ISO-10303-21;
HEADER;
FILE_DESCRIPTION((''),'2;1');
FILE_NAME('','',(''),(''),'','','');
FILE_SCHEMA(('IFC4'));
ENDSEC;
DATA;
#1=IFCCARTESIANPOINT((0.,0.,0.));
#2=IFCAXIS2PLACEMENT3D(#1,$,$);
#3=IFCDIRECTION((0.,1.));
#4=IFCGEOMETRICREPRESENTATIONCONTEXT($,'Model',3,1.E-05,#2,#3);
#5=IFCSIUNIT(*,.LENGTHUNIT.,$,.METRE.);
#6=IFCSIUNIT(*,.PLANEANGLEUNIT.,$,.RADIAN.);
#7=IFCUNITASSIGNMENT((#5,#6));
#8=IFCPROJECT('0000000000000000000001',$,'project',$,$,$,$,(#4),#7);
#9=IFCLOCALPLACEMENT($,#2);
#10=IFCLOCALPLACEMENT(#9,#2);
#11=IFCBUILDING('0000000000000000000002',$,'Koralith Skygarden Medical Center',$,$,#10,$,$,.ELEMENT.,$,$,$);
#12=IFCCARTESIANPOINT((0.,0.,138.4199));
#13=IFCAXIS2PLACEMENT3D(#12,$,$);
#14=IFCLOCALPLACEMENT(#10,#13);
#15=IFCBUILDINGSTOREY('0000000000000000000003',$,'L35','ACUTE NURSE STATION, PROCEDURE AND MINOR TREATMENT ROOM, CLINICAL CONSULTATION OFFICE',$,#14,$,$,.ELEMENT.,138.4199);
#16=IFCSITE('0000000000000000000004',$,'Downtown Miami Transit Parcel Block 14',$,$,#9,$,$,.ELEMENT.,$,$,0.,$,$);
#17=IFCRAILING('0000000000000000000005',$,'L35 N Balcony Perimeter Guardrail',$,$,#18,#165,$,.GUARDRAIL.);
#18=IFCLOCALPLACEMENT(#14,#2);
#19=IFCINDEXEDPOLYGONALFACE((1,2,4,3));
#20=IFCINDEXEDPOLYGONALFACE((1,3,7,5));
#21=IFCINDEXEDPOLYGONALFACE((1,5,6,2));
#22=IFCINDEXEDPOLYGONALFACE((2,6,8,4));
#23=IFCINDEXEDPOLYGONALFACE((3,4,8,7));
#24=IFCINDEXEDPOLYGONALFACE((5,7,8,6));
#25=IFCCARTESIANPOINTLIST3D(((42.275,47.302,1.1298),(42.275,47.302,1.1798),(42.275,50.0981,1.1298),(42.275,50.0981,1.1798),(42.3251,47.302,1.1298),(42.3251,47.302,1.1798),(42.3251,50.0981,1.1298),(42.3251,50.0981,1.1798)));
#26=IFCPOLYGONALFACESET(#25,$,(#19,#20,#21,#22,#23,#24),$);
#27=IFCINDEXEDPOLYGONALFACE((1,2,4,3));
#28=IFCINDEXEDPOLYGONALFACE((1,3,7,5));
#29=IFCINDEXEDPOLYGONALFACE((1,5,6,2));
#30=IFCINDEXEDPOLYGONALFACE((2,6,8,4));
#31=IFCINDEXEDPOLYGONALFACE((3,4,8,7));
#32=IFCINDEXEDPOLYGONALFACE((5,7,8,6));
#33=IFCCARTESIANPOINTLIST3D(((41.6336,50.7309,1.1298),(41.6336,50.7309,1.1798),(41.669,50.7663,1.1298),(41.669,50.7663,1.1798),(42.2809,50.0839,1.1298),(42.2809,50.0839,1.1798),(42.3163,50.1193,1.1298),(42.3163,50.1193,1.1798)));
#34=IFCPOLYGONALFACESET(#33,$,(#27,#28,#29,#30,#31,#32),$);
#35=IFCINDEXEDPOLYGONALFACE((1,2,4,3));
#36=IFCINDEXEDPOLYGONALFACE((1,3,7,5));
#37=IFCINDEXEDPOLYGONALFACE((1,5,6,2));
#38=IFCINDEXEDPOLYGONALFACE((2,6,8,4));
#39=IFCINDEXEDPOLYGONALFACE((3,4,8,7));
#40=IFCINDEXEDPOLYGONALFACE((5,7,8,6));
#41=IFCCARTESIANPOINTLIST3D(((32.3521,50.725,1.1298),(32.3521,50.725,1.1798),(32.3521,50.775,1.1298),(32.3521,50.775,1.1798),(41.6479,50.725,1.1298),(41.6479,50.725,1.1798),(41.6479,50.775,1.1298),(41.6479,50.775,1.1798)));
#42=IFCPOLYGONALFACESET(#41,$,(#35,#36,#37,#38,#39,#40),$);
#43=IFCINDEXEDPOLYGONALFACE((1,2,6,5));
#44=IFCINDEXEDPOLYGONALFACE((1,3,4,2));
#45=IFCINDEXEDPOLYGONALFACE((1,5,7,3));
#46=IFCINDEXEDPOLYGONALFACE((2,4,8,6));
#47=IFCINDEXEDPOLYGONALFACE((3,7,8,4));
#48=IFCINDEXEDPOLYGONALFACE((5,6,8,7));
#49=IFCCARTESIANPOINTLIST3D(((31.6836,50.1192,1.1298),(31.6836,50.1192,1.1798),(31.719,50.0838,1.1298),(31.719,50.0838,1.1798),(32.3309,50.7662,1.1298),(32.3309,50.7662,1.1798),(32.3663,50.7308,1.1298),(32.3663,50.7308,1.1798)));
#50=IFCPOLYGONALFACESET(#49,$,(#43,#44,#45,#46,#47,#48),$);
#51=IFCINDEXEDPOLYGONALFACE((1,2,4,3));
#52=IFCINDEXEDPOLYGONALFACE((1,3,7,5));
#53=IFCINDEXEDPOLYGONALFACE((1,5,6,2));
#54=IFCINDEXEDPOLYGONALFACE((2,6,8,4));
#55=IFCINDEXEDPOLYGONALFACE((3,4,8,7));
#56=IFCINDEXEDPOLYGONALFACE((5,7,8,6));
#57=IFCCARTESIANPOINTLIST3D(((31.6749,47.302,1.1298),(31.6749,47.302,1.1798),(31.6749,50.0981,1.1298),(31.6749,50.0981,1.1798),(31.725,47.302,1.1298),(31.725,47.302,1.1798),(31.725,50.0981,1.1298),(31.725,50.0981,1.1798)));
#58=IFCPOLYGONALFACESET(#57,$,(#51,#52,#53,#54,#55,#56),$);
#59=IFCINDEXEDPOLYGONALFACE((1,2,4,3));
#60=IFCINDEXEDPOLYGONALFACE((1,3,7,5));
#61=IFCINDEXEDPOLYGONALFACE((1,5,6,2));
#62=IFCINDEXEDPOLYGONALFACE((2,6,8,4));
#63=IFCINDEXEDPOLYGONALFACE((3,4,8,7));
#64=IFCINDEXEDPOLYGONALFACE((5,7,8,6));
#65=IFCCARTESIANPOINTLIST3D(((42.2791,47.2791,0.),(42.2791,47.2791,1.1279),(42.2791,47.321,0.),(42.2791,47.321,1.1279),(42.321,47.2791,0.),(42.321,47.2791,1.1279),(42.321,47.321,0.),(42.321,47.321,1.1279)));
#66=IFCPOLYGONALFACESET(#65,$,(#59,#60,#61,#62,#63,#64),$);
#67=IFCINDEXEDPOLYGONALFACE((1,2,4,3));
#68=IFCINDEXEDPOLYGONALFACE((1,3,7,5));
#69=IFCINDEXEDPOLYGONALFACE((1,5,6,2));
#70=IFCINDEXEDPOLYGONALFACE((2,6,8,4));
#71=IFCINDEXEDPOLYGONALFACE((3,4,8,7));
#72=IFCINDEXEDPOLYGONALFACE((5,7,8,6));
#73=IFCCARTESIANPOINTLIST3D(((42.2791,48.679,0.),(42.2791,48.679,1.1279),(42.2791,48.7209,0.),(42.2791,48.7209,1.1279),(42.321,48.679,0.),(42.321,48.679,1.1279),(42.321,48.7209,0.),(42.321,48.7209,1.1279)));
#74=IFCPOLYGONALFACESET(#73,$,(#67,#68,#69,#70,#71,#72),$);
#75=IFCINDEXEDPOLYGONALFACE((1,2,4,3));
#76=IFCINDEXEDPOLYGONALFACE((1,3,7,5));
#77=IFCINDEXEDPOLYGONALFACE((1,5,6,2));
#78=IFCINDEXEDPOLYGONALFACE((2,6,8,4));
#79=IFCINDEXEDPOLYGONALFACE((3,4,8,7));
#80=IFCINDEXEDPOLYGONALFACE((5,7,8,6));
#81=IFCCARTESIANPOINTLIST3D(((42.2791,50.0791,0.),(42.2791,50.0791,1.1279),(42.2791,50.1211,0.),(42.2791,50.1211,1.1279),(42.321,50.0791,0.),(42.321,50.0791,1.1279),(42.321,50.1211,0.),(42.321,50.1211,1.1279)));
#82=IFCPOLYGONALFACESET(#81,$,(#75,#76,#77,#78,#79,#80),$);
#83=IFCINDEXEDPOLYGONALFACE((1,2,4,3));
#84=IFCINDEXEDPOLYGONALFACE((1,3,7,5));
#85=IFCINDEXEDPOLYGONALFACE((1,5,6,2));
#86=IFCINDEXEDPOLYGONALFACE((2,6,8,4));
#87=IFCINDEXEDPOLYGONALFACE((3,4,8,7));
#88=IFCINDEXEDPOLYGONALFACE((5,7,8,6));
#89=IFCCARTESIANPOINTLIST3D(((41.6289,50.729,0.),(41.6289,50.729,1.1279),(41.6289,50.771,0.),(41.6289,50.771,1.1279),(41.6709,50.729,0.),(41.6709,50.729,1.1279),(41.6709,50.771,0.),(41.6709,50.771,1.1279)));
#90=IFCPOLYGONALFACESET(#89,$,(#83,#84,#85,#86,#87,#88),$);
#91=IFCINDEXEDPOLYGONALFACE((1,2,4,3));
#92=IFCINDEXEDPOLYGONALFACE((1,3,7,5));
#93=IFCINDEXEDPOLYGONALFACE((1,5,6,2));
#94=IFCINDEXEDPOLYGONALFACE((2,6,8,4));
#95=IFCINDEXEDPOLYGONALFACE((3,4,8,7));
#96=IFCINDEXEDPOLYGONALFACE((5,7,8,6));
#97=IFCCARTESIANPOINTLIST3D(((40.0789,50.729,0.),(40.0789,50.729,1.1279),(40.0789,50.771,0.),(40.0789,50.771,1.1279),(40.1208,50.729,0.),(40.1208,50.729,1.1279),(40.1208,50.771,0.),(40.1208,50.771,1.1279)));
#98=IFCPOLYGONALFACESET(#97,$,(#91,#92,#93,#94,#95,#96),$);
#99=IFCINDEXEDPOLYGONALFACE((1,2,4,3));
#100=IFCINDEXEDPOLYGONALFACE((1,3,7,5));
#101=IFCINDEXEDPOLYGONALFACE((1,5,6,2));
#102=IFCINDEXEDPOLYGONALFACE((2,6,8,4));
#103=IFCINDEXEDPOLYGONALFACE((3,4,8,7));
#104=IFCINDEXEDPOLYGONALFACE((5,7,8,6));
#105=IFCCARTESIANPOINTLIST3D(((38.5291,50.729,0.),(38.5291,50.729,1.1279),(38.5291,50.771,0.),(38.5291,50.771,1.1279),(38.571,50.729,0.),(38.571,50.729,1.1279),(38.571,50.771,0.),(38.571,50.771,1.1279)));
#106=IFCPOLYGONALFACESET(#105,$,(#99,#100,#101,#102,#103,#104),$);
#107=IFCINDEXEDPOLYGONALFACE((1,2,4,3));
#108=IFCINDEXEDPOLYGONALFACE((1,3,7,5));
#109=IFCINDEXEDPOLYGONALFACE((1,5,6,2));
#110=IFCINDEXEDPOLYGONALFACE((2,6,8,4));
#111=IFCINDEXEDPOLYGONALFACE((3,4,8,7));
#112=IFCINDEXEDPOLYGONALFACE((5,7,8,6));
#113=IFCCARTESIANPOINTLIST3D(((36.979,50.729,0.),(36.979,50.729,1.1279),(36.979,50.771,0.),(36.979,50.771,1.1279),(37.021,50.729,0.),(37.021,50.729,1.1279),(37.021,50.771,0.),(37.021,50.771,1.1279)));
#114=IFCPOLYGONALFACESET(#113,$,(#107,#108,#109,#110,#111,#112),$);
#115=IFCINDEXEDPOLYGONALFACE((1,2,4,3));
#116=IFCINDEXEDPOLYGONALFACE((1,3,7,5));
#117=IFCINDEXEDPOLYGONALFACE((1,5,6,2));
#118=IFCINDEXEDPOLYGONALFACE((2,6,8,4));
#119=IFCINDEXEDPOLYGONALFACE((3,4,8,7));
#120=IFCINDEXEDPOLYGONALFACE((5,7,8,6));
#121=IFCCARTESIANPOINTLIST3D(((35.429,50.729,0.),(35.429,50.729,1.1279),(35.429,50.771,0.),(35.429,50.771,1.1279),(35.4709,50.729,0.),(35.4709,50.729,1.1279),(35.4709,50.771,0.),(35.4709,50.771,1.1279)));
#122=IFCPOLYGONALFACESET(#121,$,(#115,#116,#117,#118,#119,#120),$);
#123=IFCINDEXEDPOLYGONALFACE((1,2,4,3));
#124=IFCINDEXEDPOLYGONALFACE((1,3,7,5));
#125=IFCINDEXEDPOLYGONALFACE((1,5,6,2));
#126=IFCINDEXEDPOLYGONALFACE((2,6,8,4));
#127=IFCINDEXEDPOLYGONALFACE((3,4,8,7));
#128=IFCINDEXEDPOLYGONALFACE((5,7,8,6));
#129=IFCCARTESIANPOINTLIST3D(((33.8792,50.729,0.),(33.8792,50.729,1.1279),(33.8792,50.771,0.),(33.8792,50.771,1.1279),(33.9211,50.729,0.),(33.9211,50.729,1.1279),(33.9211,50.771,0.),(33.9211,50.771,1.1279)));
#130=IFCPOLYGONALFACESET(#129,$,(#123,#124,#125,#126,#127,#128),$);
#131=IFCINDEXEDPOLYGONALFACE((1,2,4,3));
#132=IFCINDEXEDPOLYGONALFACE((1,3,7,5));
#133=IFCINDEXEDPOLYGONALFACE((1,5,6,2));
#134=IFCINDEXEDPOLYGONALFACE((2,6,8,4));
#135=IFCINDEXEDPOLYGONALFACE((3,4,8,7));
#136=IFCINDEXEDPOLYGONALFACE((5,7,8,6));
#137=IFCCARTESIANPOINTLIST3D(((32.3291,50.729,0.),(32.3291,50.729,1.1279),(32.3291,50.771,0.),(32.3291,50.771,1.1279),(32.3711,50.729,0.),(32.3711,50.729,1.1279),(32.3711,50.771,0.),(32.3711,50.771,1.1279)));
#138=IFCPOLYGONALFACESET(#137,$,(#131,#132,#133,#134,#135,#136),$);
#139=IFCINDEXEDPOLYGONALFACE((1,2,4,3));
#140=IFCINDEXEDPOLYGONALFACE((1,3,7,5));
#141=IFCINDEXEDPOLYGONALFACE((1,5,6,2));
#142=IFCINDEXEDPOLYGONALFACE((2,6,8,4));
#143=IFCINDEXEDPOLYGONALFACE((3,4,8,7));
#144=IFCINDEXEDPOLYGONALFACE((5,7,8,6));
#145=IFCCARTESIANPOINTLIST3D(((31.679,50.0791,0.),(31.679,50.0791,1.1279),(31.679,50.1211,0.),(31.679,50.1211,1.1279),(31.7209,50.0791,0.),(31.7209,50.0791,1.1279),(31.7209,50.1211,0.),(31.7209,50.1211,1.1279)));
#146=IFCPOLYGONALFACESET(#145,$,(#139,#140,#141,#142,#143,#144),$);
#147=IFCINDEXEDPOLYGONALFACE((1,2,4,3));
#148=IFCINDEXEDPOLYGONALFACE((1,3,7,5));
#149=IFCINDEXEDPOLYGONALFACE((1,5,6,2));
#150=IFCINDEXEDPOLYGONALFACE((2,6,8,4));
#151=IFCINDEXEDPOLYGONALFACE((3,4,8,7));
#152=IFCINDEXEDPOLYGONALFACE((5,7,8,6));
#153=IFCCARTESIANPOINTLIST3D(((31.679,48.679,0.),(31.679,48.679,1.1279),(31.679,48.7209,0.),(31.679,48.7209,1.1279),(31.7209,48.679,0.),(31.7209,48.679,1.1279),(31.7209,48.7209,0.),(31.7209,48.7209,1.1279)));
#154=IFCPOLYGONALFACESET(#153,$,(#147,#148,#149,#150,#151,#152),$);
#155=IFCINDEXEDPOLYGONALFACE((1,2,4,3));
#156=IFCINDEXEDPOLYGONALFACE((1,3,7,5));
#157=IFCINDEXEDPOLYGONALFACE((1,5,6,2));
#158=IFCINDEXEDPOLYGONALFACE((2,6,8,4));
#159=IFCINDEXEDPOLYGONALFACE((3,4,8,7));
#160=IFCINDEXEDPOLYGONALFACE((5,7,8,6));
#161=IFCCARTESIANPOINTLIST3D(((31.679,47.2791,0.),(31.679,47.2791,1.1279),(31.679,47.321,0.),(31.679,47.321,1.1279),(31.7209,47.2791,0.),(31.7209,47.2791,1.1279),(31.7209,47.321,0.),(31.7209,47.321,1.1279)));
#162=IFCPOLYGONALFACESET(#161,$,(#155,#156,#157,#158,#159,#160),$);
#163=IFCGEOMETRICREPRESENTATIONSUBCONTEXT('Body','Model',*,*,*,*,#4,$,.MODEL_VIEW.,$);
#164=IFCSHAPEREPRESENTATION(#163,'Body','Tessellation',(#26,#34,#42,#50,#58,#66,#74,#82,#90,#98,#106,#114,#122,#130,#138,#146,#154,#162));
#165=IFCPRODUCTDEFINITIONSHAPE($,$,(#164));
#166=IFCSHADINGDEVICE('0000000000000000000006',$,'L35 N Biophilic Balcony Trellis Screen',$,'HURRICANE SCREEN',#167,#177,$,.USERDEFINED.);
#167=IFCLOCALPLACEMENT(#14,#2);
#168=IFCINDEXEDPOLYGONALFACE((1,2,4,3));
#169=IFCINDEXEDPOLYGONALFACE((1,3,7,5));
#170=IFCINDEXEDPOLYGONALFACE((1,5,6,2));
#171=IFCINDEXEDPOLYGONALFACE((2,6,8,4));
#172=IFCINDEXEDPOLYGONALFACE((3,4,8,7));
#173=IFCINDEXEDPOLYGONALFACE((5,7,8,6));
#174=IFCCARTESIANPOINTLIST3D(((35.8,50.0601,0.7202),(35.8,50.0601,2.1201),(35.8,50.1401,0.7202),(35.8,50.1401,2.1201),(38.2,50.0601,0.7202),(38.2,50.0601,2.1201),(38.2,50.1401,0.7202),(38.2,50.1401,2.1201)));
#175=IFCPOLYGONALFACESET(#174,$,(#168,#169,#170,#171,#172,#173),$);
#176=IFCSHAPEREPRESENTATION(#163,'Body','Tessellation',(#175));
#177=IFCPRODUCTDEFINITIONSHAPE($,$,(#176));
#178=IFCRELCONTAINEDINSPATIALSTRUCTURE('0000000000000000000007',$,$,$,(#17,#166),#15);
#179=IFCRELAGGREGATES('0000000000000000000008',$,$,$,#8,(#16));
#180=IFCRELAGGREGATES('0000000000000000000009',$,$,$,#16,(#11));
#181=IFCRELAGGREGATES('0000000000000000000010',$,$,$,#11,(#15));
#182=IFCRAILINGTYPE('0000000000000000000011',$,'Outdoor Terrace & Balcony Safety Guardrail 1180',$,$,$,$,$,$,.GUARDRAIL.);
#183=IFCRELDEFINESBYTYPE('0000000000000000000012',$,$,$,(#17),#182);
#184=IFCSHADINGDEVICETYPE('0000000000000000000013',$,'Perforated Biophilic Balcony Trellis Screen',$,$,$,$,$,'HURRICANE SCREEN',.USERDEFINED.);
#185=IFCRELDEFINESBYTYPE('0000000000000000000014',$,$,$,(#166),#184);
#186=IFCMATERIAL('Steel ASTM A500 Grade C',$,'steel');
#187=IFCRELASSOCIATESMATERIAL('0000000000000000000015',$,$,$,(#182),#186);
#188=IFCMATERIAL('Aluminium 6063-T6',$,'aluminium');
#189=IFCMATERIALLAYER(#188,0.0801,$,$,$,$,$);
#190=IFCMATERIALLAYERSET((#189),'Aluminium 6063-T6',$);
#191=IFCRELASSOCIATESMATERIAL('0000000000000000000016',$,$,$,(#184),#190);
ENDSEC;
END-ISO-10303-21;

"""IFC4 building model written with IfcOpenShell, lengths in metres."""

from ifc_helpers import new_model, si_unit, direction, frame, origin, origin_2d, place, context, subcontext, project, spatial, rectangle, extrude, material, layer, layer_set, type_object, element, save


model = new_model("IFC4")

# Units and contexts
model_context = context("Model", 3, precision=1e-05, world=origin(), true_north=direction((0.0, 1.0)))
body_context = subcontext(model_context, "Body", "Model", "MODEL_VIEW")
ifc_project = project(units=[si_unit("LENGTHUNIT", "METRE"), si_unit("PLANEANGLEUNIT", "RADIAN")], contexts=[model_context])

# Site, building, storey
site_placement = place(None, origin())
site = spatial("IfcSite", under=ifc_project, at=site_placement, Name="Downtown Miami Transit Parcel Block 14", CompositionType="ELEMENT", RefElevation=0.0)
building_placement = place(site_placement, origin())
building = spatial("IfcBuilding", under=site, at=building_placement, Name="Koralith Skygarden Medical Center", CompositionType="ELEMENT")
storey_placement = place(building_placement, frame((0.0, 0.0, 138.4199)))
storey = spatial("IfcBuildingStorey", under=building, at=storey_placement, Name="L35", Description="ACUTE NURSE STATION, PROCEDURE AND MINOR TREATMENT ROOM, CLINICAL CONSULTATION OFFICE", CompositionType="ELEMENT", Elevation=138.4199)

# Shared definitions
ifc_material_1 = material(Name="Aluminium 6063-T6", Category="aluminium")

# Railing
ifc_material_2 = material(Name="Steel ASTM A500 Grade C", Category="steel")
railing_type = type_object("IfcRailingType", Name="Outdoor Terrace & Balcony Safety Guardrail 1180", PredefinedType="GUARDRAIL", material=ifc_material_2)
railing_placement = place(storey_placement, frame((42.3, 47.3, 0.0)))
element("IfcRailing", 1, at=railing_placement, inside=storey, type_object=railing_type, Name="L35 N Balcony Perimeter Guardrail", PredefinedType="GUARDRAIL", context=body_context, shape_type="SweptSolid", body=[
    extrude(rectangle(XDim=0.05, YDim=0.05, at=origin_2d()), frame((0.0, 0.002, 1.1548), z_axis=(0.0, 1.0, 0.0), x_axis=(-1.0, 0.0, 0.0)), (0.0, 0.0, 1.0), 2.7961),
    extrude(rectangle(XDim=0.05, YDim=0.05, at=origin_2d()), frame((-0.0015, 2.8015, 1.1548), z_axis=(-0.70724, 0.706974, 0.0), x_axis=(-0.706974, -0.70724, 0.0)), (0.0, 0.0, 1.0), 0.9153),
    extrude(rectangle(XDim=0.05, YDim=0.05, at=origin_2d()), frame((-0.6521, 3.45, 1.1548), z_axis=(-1.0, 0.0, 0.0), x_axis=(0.0, -1.0, 0.0)), (0.0, 0.0, 1.0), 9.2959),
    extrude(rectangle(XDim=0.05, YDim=0.05, at=origin_2d()), frame((-9.9514, 3.4485, 1.1548), z_axis=(-0.70724, -0.706974, 0.0), x_axis=(0.706974, -0.70724, 0.0)), (0.0, 0.0, 1.0), 0.9153),
    extrude(rectangle(XDim=0.05, YDim=0.05, at=origin_2d()), frame((-10.6001, 2.7981, 1.1548), z_axis=(0.0, -1.0, 0.0), x_axis=(1.0, 0.0, 0.0)), (0.0, 0.0, 1.0), 2.7961),
    extrude(rectangle(XDim=0.042, YDim=0.042, at=origin_2d()), origin(), (0.0, 0.0, 1.0), 1.1279),
    extrude(rectangle(XDim=0.042, YDim=0.042, at=origin_2d()), frame((0.0, 1.3999, 0.0)), (0.0, 0.0, 1.0), 1.1279),
    extrude(rectangle(XDim=0.042, YDim=0.042, at=origin_2d()), frame((0.0, 2.8, 0.0)), (0.0, 0.0, 1.0), 1.1279),
    extrude(rectangle(XDim=0.042, YDim=0.042, at=origin_2d()), frame((-0.6501, 3.45, 0.0)), (0.0, 0.0, 1.0), 1.1279),
    extrude(rectangle(XDim=0.042, YDim=0.042, at=origin_2d()), frame((-2.2002, 3.45, 0.0)), (0.0, 0.0, 1.0), 1.1279),
    extrude(rectangle(XDim=0.042, YDim=0.042, at=origin_2d()), frame((-3.75, 3.45, 0.0)), (0.0, 0.0, 1.0), 1.1279),
    extrude(rectangle(XDim=0.042, YDim=0.042, at=origin_2d()), frame((-5.3, 3.45, 0.0)), (0.0, 0.0, 1.0), 1.1279),
    extrude(rectangle(XDim=0.042, YDim=0.042, at=origin_2d()), frame((-6.8501, 3.45, 0.0)), (0.0, 0.0, 1.0), 1.1279),
    extrude(rectangle(XDim=0.042, YDim=0.042, at=origin_2d()), frame((-8.3999, 3.45, 0.0)), (0.0, 0.0, 1.0), 1.1279),
    extrude(rectangle(XDim=0.042, YDim=0.042, at=origin_2d()), frame((-9.95, 3.45, 0.0)), (0.0, 0.0, 1.0), 1.1279),
    extrude(rectangle(XDim=0.042, YDim=0.042, at=origin_2d()), frame((-10.6001, 2.8, 0.0)), (0.0, 0.0, 1.0), 1.1279),
    extrude(rectangle(XDim=0.042, YDim=0.042, at=origin_2d()), frame((-10.6001, 1.3999, 0.0)), (0.0, 0.0, 1.0), 1.1279),
    extrude(rectangle(XDim=0.042, YDim=0.042, at=origin_2d()), frame((-10.6001, 0.0, 0.0)), (0.0, 0.0, 1.0), 1.1279),
])

# Shading device
ifc_layer_1 = layer(ifc_material_1, 0.0801)
ifc_layer_set_1 = layer_set([ifc_layer_1], Name="Aluminium 6063-T6")
shading_device_type = type_object("IfcShadingDeviceType", Name="Perforated Biophilic Balcony Trellis Screen", ElementType="HURRICANE SCREEN", PredefinedType="USERDEFINED", material=ifc_layer_set_1)
shading_device_placement = place(storey_placement, frame((37.0, 50.1001, 0.7202), z_axis=(0.0, 0.0, 1.0), x_axis=(1.0, 0.0, 0.0)))
element("IfcShadingDevice", 2, at=shading_device_placement, inside=storey, type_object=shading_device_type, Name="L35 N Biophilic Balcony Trellis Screen", ObjectType="HURRICANE SCREEN", PredefinedType="USERDEFINED", context=body_context, shape_type="SweptSolid", body=[
    extrude(rectangle(XDim=2.3999, YDim=0.0801, at=origin_2d()), origin(), (0.0, 0.0, 1.0), 1.3999),
])

save(model, "model.ifc")
